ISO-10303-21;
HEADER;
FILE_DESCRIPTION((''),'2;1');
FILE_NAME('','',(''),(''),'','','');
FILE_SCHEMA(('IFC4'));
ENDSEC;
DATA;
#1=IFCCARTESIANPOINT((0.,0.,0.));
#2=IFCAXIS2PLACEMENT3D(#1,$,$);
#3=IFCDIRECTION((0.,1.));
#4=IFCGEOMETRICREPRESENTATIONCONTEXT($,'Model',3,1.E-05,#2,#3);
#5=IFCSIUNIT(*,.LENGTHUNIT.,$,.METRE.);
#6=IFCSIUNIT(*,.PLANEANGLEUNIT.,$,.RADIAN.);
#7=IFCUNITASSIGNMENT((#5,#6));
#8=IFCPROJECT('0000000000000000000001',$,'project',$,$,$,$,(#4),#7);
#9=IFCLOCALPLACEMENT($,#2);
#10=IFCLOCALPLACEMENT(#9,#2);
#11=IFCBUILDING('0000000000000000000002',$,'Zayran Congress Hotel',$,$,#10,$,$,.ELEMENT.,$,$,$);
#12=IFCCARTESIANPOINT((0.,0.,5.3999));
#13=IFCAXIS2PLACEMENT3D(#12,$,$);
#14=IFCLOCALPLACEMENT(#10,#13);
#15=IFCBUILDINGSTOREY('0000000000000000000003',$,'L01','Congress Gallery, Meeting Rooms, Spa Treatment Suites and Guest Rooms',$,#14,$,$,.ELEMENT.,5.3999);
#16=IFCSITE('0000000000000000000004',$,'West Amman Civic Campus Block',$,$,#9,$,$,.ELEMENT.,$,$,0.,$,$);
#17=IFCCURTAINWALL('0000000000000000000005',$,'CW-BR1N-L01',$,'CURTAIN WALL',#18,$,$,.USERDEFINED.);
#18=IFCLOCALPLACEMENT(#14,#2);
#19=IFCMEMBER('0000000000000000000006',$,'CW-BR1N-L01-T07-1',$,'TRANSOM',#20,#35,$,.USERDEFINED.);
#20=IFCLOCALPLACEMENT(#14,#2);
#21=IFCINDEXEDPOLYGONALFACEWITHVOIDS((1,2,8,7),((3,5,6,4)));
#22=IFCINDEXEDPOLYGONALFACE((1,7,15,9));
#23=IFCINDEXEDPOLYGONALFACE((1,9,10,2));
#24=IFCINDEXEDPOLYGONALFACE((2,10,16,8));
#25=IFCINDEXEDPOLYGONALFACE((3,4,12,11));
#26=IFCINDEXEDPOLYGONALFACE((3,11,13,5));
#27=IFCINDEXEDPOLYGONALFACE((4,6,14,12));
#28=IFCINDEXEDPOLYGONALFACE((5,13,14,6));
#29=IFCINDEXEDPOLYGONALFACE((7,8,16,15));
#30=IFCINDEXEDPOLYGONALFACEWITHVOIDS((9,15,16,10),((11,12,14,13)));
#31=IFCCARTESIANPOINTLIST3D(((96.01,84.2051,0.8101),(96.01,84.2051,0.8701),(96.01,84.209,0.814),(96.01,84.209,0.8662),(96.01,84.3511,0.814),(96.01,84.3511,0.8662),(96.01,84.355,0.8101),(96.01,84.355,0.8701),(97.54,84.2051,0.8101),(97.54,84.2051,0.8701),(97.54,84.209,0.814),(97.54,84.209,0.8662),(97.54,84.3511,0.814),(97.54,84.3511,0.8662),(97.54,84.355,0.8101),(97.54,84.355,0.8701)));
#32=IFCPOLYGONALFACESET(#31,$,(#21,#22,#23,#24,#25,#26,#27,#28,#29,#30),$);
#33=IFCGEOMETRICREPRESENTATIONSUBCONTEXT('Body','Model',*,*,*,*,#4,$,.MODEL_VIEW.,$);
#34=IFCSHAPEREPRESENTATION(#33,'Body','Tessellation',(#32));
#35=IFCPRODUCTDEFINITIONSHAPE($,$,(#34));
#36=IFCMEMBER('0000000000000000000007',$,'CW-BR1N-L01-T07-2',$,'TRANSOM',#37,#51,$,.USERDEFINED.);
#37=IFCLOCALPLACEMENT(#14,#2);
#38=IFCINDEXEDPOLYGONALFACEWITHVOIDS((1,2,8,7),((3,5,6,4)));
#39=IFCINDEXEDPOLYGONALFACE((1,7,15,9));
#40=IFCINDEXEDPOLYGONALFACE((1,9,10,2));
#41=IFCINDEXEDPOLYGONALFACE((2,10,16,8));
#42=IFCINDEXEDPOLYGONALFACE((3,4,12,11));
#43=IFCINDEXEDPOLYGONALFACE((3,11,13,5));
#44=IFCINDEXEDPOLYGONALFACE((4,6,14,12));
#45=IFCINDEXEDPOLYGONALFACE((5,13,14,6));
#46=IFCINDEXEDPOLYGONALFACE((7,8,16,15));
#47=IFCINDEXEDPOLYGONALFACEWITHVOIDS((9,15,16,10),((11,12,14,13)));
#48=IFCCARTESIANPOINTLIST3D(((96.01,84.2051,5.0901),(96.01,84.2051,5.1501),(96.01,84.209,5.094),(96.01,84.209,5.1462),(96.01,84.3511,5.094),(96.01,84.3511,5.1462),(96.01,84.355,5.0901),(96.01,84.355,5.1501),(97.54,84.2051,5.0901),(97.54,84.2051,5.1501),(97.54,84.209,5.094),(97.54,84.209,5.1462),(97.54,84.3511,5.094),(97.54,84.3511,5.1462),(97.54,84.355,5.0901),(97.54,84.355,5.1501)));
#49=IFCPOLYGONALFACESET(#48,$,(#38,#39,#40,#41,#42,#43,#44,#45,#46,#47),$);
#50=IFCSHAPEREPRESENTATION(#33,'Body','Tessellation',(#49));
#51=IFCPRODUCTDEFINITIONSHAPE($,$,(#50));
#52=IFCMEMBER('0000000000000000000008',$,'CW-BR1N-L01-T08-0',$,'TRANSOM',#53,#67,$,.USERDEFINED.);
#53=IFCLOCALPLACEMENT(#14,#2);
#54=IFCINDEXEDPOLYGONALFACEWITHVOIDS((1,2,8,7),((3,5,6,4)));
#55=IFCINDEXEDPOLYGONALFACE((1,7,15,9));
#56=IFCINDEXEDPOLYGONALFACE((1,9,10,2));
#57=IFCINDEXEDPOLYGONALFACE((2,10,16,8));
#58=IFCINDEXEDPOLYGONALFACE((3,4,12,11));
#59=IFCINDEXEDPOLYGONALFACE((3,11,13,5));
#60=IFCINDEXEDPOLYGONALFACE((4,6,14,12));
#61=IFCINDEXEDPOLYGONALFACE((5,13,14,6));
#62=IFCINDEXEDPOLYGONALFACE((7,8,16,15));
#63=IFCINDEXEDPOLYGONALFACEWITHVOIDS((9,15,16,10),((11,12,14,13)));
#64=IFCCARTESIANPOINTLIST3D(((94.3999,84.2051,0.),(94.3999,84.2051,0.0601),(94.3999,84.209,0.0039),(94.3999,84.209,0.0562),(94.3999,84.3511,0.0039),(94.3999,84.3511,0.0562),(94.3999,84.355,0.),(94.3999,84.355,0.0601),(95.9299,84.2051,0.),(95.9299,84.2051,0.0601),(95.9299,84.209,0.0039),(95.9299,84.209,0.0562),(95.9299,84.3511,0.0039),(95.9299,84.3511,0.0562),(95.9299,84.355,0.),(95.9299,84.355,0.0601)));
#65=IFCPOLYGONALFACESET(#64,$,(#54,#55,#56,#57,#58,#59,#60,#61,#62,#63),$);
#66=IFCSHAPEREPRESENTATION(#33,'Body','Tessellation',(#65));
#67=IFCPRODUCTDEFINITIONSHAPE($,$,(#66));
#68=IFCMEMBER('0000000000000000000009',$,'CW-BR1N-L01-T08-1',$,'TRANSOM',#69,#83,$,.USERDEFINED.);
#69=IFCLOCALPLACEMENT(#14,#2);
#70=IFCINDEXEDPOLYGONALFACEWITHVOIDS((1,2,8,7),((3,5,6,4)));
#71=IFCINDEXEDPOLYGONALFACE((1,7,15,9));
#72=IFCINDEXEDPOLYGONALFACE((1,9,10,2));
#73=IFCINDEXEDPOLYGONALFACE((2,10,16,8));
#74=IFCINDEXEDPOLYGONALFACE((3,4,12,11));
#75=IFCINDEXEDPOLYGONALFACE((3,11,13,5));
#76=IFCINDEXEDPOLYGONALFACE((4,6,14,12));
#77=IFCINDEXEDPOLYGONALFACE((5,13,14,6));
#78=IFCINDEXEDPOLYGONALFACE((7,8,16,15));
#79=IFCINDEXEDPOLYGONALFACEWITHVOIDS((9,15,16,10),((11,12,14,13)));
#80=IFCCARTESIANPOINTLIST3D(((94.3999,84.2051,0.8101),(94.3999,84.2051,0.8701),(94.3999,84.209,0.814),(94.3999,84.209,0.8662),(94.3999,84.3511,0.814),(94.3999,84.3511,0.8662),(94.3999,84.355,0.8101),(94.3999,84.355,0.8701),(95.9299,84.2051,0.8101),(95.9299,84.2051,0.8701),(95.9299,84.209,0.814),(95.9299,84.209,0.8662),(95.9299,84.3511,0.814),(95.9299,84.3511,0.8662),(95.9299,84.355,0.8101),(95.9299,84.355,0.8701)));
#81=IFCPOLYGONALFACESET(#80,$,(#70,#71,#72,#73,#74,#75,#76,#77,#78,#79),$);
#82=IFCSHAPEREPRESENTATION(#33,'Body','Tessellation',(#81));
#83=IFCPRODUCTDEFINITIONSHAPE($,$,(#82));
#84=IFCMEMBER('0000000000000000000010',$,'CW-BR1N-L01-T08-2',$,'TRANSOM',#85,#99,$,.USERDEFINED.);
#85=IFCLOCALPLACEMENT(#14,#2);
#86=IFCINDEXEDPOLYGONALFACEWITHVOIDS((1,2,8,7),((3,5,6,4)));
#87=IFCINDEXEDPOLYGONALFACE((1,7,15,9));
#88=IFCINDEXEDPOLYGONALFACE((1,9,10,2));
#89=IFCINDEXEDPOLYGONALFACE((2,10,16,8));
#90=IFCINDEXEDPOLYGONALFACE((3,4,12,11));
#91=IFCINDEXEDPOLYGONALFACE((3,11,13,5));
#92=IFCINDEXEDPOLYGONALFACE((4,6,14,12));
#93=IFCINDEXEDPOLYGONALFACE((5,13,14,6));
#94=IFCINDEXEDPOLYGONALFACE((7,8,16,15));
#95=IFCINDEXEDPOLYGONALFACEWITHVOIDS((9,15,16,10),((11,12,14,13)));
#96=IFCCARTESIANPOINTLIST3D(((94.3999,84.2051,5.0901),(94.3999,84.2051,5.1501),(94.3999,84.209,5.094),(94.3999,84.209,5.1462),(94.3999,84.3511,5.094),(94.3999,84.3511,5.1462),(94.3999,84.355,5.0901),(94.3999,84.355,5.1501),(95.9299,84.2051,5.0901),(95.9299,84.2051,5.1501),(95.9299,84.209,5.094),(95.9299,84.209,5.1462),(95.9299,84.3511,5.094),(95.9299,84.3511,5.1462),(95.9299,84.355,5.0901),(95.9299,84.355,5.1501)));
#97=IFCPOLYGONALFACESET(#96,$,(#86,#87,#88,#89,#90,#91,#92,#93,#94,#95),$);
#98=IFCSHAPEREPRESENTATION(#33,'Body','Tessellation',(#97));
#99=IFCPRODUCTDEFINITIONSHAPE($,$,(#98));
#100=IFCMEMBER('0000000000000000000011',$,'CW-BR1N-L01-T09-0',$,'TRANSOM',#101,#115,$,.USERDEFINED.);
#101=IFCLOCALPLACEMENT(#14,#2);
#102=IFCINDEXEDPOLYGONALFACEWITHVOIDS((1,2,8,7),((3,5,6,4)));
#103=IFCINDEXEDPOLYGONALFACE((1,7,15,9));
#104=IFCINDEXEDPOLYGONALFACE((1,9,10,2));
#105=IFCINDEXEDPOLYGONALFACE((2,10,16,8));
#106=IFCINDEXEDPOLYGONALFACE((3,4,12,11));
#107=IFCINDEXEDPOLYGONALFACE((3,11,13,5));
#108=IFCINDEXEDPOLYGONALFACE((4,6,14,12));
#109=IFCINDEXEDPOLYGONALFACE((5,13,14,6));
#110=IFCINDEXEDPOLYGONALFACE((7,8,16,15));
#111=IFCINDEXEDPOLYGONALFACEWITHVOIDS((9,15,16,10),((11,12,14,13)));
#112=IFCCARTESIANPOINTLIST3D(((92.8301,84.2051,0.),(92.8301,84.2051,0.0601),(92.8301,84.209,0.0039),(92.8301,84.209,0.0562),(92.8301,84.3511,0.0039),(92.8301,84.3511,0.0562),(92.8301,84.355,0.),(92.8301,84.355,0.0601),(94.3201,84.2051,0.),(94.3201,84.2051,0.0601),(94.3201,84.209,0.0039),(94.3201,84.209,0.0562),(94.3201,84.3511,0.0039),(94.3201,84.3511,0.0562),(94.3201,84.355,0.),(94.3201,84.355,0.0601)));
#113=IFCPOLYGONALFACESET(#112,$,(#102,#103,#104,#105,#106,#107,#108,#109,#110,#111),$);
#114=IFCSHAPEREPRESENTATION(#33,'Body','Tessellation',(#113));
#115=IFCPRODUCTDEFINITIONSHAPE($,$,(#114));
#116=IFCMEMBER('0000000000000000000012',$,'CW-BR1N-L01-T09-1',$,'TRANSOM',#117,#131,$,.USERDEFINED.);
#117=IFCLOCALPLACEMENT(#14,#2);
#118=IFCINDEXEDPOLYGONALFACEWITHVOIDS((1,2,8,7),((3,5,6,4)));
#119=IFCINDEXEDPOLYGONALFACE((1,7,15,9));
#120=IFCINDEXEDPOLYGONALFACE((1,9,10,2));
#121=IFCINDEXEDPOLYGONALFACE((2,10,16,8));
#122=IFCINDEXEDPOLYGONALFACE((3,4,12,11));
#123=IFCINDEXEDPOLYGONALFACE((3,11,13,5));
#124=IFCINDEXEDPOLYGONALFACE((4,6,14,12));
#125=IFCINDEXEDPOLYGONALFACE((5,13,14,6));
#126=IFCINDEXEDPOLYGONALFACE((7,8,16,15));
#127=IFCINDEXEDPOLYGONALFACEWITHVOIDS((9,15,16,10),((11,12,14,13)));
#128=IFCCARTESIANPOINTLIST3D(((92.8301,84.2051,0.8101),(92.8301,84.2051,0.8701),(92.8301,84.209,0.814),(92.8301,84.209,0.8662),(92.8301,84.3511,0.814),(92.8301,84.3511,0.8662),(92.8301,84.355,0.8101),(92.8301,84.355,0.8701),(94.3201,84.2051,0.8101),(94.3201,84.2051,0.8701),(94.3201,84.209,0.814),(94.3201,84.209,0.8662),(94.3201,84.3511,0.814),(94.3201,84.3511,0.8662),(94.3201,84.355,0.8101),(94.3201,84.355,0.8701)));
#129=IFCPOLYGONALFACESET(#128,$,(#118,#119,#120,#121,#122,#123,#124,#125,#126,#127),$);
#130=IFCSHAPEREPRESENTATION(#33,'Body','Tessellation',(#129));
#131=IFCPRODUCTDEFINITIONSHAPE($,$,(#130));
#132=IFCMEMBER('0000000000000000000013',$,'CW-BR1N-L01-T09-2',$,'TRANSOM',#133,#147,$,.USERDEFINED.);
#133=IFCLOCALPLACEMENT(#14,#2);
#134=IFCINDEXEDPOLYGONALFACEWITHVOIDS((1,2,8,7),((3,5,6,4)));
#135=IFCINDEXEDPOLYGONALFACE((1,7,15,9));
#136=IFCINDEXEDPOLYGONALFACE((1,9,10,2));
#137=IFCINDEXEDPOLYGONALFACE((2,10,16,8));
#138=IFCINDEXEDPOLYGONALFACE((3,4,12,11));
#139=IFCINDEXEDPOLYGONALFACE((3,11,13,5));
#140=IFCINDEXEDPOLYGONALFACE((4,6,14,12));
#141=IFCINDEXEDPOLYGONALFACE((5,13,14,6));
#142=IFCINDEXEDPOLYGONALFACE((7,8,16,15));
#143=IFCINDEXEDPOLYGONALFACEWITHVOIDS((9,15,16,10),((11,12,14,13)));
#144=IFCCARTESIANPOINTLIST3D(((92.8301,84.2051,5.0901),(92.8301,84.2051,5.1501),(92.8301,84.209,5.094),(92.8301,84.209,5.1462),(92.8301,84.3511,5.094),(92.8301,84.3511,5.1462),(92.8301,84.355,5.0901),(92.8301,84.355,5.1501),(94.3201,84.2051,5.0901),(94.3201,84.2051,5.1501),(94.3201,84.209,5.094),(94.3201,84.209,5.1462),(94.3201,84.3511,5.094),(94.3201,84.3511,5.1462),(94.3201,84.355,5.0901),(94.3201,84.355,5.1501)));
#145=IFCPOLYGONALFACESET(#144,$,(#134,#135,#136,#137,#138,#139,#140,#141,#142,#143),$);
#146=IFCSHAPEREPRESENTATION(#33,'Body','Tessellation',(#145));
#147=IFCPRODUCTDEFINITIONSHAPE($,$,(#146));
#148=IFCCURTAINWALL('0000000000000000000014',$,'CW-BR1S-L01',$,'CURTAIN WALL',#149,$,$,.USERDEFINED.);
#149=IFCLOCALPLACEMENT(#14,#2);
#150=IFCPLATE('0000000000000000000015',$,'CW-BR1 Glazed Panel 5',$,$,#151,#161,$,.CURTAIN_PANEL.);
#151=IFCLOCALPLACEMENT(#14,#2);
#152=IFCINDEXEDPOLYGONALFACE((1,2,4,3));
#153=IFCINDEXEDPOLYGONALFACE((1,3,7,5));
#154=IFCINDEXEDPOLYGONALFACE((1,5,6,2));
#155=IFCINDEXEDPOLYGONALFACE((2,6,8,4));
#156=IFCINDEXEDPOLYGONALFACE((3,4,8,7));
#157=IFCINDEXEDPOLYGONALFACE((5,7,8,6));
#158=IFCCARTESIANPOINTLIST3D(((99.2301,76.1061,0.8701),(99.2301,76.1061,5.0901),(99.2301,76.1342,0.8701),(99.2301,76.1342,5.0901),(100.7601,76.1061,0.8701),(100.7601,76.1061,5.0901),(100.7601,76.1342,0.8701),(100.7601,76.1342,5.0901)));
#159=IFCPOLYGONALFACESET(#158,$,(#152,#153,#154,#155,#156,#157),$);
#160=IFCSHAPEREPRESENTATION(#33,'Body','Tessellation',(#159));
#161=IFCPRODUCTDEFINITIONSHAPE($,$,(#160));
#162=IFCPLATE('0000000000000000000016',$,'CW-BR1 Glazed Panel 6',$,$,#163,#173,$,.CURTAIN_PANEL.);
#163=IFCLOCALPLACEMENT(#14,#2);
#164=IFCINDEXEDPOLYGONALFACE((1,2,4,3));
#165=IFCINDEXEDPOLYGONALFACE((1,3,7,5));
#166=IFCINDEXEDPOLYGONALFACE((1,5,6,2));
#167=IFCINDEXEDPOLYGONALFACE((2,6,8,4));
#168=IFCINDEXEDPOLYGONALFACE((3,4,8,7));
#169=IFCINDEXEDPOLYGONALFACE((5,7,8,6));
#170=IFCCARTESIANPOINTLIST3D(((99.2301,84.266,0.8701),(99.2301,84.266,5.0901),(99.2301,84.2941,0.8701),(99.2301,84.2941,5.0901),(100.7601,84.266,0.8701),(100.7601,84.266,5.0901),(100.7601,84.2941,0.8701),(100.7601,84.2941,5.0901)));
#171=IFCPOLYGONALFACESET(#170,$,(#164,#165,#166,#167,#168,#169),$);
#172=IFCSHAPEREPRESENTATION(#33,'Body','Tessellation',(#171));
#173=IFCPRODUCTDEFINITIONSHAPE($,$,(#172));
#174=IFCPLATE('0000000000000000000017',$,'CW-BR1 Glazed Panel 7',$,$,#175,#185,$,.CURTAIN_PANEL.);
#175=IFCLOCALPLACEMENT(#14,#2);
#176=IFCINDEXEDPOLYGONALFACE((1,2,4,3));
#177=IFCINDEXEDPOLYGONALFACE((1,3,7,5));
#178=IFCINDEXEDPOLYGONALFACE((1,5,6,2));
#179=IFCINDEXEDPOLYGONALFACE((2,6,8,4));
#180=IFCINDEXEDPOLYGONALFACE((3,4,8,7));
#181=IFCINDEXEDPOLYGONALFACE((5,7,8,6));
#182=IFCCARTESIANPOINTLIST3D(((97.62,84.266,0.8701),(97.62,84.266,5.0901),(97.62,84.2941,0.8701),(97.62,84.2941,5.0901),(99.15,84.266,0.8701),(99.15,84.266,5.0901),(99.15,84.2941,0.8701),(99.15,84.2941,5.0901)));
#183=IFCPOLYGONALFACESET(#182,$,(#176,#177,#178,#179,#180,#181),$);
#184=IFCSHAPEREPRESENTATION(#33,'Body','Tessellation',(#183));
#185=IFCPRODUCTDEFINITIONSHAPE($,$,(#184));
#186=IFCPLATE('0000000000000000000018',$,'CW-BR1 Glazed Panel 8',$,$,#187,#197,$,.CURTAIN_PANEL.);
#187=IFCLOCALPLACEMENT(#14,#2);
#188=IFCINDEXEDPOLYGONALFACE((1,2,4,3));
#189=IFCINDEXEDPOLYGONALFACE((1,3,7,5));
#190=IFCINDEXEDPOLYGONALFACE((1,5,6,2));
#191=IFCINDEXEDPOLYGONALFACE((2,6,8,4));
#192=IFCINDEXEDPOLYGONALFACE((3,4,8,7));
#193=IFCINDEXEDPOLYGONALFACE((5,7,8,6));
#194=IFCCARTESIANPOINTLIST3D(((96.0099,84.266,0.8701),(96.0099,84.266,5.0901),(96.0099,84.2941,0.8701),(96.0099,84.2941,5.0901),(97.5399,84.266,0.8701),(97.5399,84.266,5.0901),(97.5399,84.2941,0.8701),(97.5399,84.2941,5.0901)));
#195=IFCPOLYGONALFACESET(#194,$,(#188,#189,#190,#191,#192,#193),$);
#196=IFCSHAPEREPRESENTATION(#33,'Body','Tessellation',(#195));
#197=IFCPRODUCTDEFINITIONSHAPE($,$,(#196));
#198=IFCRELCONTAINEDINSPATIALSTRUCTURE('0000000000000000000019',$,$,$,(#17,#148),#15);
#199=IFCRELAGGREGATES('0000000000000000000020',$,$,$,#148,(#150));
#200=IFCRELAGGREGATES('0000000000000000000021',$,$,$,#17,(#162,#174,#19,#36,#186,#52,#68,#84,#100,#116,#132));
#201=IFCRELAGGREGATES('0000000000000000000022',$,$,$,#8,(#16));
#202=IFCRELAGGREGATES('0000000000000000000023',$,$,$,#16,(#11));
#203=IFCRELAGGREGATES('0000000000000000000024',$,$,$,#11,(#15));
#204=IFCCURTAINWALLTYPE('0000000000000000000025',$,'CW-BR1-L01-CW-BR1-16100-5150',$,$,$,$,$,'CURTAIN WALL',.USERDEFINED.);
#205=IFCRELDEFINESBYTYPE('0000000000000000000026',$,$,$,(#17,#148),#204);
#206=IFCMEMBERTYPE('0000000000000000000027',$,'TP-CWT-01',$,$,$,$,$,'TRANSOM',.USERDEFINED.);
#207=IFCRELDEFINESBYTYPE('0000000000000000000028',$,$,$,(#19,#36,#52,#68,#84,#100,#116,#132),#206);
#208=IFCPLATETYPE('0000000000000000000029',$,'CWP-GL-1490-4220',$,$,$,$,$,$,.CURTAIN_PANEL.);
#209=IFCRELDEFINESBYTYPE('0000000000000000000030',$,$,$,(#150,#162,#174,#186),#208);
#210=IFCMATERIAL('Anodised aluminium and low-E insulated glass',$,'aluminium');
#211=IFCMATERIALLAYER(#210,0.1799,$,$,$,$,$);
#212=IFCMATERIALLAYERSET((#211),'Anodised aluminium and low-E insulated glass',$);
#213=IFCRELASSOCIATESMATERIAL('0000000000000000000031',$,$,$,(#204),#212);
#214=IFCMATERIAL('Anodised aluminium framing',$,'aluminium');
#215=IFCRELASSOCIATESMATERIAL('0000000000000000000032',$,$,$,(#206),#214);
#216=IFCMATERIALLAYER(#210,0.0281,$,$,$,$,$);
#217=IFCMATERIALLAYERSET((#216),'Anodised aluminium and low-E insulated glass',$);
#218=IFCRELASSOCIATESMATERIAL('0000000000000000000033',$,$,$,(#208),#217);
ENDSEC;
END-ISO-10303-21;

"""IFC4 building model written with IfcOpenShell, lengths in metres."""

from ifc_helpers import new_model, si_unit, direction, frame, origin, origin_2d, place, context, subcontext, project, spatial, rectangle, hollow_rectangle, extrude, material, layer, layer_set, material_profile, profile_set, type_object, element, aggregate, save


model = new_model("IFC4")

# Units and contexts
model_context = context("Model", 3, precision=1e-05, world=origin(), true_north=direction((0.0, 1.0)))
body_context = subcontext(model_context, "Body", "Model", "MODEL_VIEW")
ifc_project = project(units=[si_unit("LENGTHUNIT", "METRE"), si_unit("PLANEANGLEUNIT", "RADIAN")], contexts=[model_context])

# Site, building, storey
site_placement = place(None, origin())
site = spatial("IfcSite", under=ifc_project, at=site_placement, Name="West Amman Civic Campus Block", CompositionType="ELEMENT", RefElevation=0.0)
building_placement = place(site_placement, origin())
building = spatial("IfcBuilding", under=site, at=building_placement, Name="Zayran Congress Hotel", CompositionType="ELEMENT")
storey_placement = place(building_placement, frame((0.0, 0.0, 5.3999)))
storey = spatial("IfcBuildingStorey", under=building, at=storey_placement, Name="L01", Description="Congress Gallery, Meeting Rooms, Spa Treatment Suites and Guest Rooms", CompositionType="ELEMENT", Elevation=5.3999)

# Curtain wall, members
ifc_material_1 = material(Name="Anodised aluminium and low-E insulated glass", Category="aluminium")
ifc_layer_1 = layer(ifc_material_1, 0.1799)
ifc_layer_set_1 = layer_set([ifc_layer_1], Name="Anodised aluminium and low-E insulated glass")
curtain_wall_type = type_object("IfcCurtainWallType", Name="CW-BR1-L01-CW-BR1-16100-5150", ElementType="CURTAIN WALL", PredefinedType="USERDEFINED", material=ifc_layer_set_1)
curtain_wall_1_placement = place(storey_placement, origin())
curtain_wall_1 = element("IfcCurtainWall", 1, at=curtain_wall_1_placement, inside=storey, type_object=curtain_wall_type, Name="CW-BR1N-L01", ObjectType="CURTAIN WALL", PredefinedType="USERDEFINED")
ifc_material_2 = material(Name="Anodised aluminium framing", Category="aluminium")
ifc_material_profile_1 = material_profile(ifc_material_2, hollow_rectangle(XDim=0.0601, YDim=0.1499, WallThickness=0.0039, at=origin_2d()), Name="RHS 150x60x4")
ifc_profile_set_1 = profile_set([ifc_material_profile_1], Name="Anodised aluminium framing")
member_type_1 = type_object("IfcMemberType", Name="TP-CWT-01", ElementType="TRANSOM", PredefinedType="USERDEFINED", material=ifc_profile_set_1)
member_1_placement = place(storey_placement, frame((97.54, 84.28, 0.8401), z_axis=(-1.0, 0.0, 0.0), x_axis=(0.0, 0.0, 1.0)))
member_1 = element("IfcMember", 2, at=member_1_placement, type_object=member_type_1, Name="CW-BR1N-L01-T07-1", ObjectType="TRANSOM", PredefinedType="USERDEFINED", context=body_context, shape_type="SweptSolid", body=[
    extrude(hollow_rectangle(XDim=0.0601, YDim=0.1499, WallThickness=0.0039, at=origin_2d()), origin(), (0.0, 0.0, 1.0), 1.53),
])
member_2_placement = place(storey_placement, frame((97.54, 84.28, 5.1201), z_axis=(-1.0, 0.0, 0.0), x_axis=(0.0, 0.0, 1.0)))
member_2 = element("IfcMember", 3, at=member_2_placement, type_object=member_type_1, Name="CW-BR1N-L01-T07-2", ObjectType="TRANSOM", PredefinedType="USERDEFINED", context=body_context, shape_type="SweptSolid", body=[
    extrude(hollow_rectangle(XDim=0.0601, YDim=0.1499, WallThickness=0.0039, at=origin_2d()), origin(), (0.0, 0.0, 1.0), 1.53),
])
member_3_placement = place(storey_placement, frame((95.9299, 84.28, 0.03), z_axis=(-1.0, 0.0, 0.0), x_axis=(0.0, 0.0, 1.0)))
member_3 = element("IfcMember", 4, at=member_3_placement, type_object=member_type_1, Name="CW-BR1N-L01-T08-0", ObjectType="TRANSOM", PredefinedType="USERDEFINED", context=body_context, shape_type="SweptSolid", body=[
    extrude(hollow_rectangle(XDim=0.0601, YDim=0.1499, WallThickness=0.0039, at=origin_2d()), origin(), (0.0, 0.0, 1.0), 1.53),
])
member_4_placement = place(storey_placement, frame((95.9299, 84.28, 0.8401), z_axis=(-1.0, 0.0, 0.0), x_axis=(0.0, 0.0, 1.0)))
member_4 = element("IfcMember", 5, at=member_4_placement, type_object=member_type_1, Name="CW-BR1N-L01-T08-1", ObjectType="TRANSOM", PredefinedType="USERDEFINED", context=body_context, shape_type="SweptSolid", body=[
    extrude(hollow_rectangle(XDim=0.0601, YDim=0.1499, WallThickness=0.0039, at=origin_2d()), origin(), (0.0, 0.0, 1.0), 1.53),
])
member_5_placement = place(storey_placement, frame((95.9299, 84.28, 5.1201), z_axis=(-1.0, 0.0, 0.0), x_axis=(0.0, 0.0, 1.0)))
member_5 = element("IfcMember", 6, at=member_5_placement, type_object=member_type_1, Name="CW-BR1N-L01-T08-2", ObjectType="TRANSOM", PredefinedType="USERDEFINED", context=body_context, shape_type="SweptSolid", body=[
    extrude(hollow_rectangle(XDim=0.0601, YDim=0.1499, WallThickness=0.0039, at=origin_2d()), origin(), (0.0, 0.0, 1.0), 1.53),
])
member_6_placement = place(storey_placement, frame((94.3201, 84.28, 0.03), z_axis=(-1.0, 0.0, 0.0), x_axis=(0.0, 0.0, 1.0)))
member_6 = element("IfcMember", 7, at=member_6_placement, type_object=member_type_1, Name="CW-BR1N-L01-T09-0", ObjectType="TRANSOM", PredefinedType="USERDEFINED", context=body_context, shape_type="SweptSolid", body=[
    extrude(hollow_rectangle(XDim=0.0601, YDim=0.1499, WallThickness=0.0039, at=origin_2d()), origin(), (0.0, 0.0, 1.0), 1.49),
])
member_7_placement = place(storey_placement, frame((94.3201, 84.28, 0.8401), z_axis=(-1.0, 0.0, 0.0), x_axis=(0.0, 0.0, 1.0)))
member_7 = element("IfcMember", 8, at=member_7_placement, type_object=member_type_1, Name="CW-BR1N-L01-T09-1", ObjectType="TRANSOM", PredefinedType="USERDEFINED", context=body_context, shape_type="SweptSolid", body=[
    extrude(hollow_rectangle(XDim=0.0601, YDim=0.1499, WallThickness=0.0039, at=origin_2d()), origin(), (0.0, 0.0, 1.0), 1.49),
])
member_8_placement = place(storey_placement, frame((94.3201, 84.28, 5.1201), z_axis=(-1.0, 0.0, 0.0), x_axis=(0.0, 0.0, 1.0)))
member_8 = element("IfcMember", 9, at=member_8_placement, type_object=member_type_1, Name="CW-BR1N-L01-T09-2", ObjectType="TRANSOM", PredefinedType="USERDEFINED", context=body_context, shape_type="SweptSolid", body=[
    extrude(hollow_rectangle(XDim=0.0601, YDim=0.1499, WallThickness=0.0039, at=origin_2d()), origin(), (0.0, 0.0, 1.0), 1.49),
])

# Curtain wall, plate
curtain_wall_2_placement = place(storey_placement, origin())
curtain_wall_2 = element("IfcCurtainWall", 10, at=curtain_wall_2_placement, inside=storey, type_object=curtain_wall_type, Name="CW-BR1S-L01", ObjectType="CURTAIN WALL", PredefinedType="USERDEFINED")
ifc_layer_2 = layer(ifc_material_1, 0.0281)
ifc_layer_set_2 = layer_set([ifc_layer_2], Name="Anodised aluminium and low-E insulated glass")
plate_type_1 = type_object("IfcPlateType", Name="CWP-GL-1490-4220", PredefinedType="CURTAIN_PANEL", material=ifc_layer_set_2)
plate_1_placement = place(storey_placement, frame((99.9951, 76.1201, 0.8701), z_axis=(0.0, 0.0, 1.0), x_axis=(1.0, 0.0, 0.0)))
plate_1 = element("IfcPlate", 11, at=plate_1_placement, type_object=plate_type_1, Name="CW-BR1 Glazed Panel 5", PredefinedType="CURTAIN_PANEL", context=body_context, shape_type="SweptSolid", body=[
    extrude(rectangle(XDim=1.53, YDim=0.0281, at=origin_2d()), origin(), (0.0, 0.0, 1.0), 4.22),
])
aggregate(curtain_wall_2, [plate_1])

# Plates
plate_2_placement = place(storey_placement, frame((99.9951, 84.28, 0.8701), z_axis=(0.0, 0.0, 1.0), x_axis=(1.0, 0.0, 0.0)))
plate_2 = element("IfcPlate", 12, at=plate_2_placement, type_object=plate_type_1, Name="CW-BR1 Glazed Panel 6", PredefinedType="CURTAIN_PANEL", context=body_context, shape_type="SweptSolid", body=[
    extrude(rectangle(XDim=1.53, YDim=0.0281, at=origin_2d()), origin(), (0.0, 0.0, 1.0), 4.22),
])
plate_3_placement = place(storey_placement, frame((98.385, 84.28, 0.8701), z_axis=(0.0, 0.0, 1.0), x_axis=(1.0, 0.0, 0.0)))
plate_3 = element("IfcPlate", 13, at=plate_3_placement, type_object=plate_type_1, Name="CW-BR1 Glazed Panel 7", PredefinedType="CURTAIN_PANEL", context=body_context, shape_type="SweptSolid", body=[
    extrude(rectangle(XDim=1.53, YDim=0.0281, at=origin_2d()), origin(), (0.0, 0.0, 1.0), 4.22),
])
plate_4_placement = place(storey_placement, frame((96.7749, 84.28, 0.8701), z_axis=(0.0, 0.0, 1.0), x_axis=(1.0, 0.0, 0.0)))
plate_4 = element("IfcPlate", 14, at=plate_4_placement, type_object=plate_type_1, Name="CW-BR1 Glazed Panel 8", PredefinedType="CURTAIN_PANEL", context=body_context, shape_type="SweptSolid", body=[
    extrude(rectangle(XDim=1.53, YDim=0.0281, at=origin_2d()), origin(), (0.0, 0.0, 1.0), 4.22),
])
aggregate(curtain_wall_1, [plate_2, plate_3, member_1, member_2, plate_4, member_3, member_4, member_5, member_6, member_7, member_8])

save(model, "model.ifc")
